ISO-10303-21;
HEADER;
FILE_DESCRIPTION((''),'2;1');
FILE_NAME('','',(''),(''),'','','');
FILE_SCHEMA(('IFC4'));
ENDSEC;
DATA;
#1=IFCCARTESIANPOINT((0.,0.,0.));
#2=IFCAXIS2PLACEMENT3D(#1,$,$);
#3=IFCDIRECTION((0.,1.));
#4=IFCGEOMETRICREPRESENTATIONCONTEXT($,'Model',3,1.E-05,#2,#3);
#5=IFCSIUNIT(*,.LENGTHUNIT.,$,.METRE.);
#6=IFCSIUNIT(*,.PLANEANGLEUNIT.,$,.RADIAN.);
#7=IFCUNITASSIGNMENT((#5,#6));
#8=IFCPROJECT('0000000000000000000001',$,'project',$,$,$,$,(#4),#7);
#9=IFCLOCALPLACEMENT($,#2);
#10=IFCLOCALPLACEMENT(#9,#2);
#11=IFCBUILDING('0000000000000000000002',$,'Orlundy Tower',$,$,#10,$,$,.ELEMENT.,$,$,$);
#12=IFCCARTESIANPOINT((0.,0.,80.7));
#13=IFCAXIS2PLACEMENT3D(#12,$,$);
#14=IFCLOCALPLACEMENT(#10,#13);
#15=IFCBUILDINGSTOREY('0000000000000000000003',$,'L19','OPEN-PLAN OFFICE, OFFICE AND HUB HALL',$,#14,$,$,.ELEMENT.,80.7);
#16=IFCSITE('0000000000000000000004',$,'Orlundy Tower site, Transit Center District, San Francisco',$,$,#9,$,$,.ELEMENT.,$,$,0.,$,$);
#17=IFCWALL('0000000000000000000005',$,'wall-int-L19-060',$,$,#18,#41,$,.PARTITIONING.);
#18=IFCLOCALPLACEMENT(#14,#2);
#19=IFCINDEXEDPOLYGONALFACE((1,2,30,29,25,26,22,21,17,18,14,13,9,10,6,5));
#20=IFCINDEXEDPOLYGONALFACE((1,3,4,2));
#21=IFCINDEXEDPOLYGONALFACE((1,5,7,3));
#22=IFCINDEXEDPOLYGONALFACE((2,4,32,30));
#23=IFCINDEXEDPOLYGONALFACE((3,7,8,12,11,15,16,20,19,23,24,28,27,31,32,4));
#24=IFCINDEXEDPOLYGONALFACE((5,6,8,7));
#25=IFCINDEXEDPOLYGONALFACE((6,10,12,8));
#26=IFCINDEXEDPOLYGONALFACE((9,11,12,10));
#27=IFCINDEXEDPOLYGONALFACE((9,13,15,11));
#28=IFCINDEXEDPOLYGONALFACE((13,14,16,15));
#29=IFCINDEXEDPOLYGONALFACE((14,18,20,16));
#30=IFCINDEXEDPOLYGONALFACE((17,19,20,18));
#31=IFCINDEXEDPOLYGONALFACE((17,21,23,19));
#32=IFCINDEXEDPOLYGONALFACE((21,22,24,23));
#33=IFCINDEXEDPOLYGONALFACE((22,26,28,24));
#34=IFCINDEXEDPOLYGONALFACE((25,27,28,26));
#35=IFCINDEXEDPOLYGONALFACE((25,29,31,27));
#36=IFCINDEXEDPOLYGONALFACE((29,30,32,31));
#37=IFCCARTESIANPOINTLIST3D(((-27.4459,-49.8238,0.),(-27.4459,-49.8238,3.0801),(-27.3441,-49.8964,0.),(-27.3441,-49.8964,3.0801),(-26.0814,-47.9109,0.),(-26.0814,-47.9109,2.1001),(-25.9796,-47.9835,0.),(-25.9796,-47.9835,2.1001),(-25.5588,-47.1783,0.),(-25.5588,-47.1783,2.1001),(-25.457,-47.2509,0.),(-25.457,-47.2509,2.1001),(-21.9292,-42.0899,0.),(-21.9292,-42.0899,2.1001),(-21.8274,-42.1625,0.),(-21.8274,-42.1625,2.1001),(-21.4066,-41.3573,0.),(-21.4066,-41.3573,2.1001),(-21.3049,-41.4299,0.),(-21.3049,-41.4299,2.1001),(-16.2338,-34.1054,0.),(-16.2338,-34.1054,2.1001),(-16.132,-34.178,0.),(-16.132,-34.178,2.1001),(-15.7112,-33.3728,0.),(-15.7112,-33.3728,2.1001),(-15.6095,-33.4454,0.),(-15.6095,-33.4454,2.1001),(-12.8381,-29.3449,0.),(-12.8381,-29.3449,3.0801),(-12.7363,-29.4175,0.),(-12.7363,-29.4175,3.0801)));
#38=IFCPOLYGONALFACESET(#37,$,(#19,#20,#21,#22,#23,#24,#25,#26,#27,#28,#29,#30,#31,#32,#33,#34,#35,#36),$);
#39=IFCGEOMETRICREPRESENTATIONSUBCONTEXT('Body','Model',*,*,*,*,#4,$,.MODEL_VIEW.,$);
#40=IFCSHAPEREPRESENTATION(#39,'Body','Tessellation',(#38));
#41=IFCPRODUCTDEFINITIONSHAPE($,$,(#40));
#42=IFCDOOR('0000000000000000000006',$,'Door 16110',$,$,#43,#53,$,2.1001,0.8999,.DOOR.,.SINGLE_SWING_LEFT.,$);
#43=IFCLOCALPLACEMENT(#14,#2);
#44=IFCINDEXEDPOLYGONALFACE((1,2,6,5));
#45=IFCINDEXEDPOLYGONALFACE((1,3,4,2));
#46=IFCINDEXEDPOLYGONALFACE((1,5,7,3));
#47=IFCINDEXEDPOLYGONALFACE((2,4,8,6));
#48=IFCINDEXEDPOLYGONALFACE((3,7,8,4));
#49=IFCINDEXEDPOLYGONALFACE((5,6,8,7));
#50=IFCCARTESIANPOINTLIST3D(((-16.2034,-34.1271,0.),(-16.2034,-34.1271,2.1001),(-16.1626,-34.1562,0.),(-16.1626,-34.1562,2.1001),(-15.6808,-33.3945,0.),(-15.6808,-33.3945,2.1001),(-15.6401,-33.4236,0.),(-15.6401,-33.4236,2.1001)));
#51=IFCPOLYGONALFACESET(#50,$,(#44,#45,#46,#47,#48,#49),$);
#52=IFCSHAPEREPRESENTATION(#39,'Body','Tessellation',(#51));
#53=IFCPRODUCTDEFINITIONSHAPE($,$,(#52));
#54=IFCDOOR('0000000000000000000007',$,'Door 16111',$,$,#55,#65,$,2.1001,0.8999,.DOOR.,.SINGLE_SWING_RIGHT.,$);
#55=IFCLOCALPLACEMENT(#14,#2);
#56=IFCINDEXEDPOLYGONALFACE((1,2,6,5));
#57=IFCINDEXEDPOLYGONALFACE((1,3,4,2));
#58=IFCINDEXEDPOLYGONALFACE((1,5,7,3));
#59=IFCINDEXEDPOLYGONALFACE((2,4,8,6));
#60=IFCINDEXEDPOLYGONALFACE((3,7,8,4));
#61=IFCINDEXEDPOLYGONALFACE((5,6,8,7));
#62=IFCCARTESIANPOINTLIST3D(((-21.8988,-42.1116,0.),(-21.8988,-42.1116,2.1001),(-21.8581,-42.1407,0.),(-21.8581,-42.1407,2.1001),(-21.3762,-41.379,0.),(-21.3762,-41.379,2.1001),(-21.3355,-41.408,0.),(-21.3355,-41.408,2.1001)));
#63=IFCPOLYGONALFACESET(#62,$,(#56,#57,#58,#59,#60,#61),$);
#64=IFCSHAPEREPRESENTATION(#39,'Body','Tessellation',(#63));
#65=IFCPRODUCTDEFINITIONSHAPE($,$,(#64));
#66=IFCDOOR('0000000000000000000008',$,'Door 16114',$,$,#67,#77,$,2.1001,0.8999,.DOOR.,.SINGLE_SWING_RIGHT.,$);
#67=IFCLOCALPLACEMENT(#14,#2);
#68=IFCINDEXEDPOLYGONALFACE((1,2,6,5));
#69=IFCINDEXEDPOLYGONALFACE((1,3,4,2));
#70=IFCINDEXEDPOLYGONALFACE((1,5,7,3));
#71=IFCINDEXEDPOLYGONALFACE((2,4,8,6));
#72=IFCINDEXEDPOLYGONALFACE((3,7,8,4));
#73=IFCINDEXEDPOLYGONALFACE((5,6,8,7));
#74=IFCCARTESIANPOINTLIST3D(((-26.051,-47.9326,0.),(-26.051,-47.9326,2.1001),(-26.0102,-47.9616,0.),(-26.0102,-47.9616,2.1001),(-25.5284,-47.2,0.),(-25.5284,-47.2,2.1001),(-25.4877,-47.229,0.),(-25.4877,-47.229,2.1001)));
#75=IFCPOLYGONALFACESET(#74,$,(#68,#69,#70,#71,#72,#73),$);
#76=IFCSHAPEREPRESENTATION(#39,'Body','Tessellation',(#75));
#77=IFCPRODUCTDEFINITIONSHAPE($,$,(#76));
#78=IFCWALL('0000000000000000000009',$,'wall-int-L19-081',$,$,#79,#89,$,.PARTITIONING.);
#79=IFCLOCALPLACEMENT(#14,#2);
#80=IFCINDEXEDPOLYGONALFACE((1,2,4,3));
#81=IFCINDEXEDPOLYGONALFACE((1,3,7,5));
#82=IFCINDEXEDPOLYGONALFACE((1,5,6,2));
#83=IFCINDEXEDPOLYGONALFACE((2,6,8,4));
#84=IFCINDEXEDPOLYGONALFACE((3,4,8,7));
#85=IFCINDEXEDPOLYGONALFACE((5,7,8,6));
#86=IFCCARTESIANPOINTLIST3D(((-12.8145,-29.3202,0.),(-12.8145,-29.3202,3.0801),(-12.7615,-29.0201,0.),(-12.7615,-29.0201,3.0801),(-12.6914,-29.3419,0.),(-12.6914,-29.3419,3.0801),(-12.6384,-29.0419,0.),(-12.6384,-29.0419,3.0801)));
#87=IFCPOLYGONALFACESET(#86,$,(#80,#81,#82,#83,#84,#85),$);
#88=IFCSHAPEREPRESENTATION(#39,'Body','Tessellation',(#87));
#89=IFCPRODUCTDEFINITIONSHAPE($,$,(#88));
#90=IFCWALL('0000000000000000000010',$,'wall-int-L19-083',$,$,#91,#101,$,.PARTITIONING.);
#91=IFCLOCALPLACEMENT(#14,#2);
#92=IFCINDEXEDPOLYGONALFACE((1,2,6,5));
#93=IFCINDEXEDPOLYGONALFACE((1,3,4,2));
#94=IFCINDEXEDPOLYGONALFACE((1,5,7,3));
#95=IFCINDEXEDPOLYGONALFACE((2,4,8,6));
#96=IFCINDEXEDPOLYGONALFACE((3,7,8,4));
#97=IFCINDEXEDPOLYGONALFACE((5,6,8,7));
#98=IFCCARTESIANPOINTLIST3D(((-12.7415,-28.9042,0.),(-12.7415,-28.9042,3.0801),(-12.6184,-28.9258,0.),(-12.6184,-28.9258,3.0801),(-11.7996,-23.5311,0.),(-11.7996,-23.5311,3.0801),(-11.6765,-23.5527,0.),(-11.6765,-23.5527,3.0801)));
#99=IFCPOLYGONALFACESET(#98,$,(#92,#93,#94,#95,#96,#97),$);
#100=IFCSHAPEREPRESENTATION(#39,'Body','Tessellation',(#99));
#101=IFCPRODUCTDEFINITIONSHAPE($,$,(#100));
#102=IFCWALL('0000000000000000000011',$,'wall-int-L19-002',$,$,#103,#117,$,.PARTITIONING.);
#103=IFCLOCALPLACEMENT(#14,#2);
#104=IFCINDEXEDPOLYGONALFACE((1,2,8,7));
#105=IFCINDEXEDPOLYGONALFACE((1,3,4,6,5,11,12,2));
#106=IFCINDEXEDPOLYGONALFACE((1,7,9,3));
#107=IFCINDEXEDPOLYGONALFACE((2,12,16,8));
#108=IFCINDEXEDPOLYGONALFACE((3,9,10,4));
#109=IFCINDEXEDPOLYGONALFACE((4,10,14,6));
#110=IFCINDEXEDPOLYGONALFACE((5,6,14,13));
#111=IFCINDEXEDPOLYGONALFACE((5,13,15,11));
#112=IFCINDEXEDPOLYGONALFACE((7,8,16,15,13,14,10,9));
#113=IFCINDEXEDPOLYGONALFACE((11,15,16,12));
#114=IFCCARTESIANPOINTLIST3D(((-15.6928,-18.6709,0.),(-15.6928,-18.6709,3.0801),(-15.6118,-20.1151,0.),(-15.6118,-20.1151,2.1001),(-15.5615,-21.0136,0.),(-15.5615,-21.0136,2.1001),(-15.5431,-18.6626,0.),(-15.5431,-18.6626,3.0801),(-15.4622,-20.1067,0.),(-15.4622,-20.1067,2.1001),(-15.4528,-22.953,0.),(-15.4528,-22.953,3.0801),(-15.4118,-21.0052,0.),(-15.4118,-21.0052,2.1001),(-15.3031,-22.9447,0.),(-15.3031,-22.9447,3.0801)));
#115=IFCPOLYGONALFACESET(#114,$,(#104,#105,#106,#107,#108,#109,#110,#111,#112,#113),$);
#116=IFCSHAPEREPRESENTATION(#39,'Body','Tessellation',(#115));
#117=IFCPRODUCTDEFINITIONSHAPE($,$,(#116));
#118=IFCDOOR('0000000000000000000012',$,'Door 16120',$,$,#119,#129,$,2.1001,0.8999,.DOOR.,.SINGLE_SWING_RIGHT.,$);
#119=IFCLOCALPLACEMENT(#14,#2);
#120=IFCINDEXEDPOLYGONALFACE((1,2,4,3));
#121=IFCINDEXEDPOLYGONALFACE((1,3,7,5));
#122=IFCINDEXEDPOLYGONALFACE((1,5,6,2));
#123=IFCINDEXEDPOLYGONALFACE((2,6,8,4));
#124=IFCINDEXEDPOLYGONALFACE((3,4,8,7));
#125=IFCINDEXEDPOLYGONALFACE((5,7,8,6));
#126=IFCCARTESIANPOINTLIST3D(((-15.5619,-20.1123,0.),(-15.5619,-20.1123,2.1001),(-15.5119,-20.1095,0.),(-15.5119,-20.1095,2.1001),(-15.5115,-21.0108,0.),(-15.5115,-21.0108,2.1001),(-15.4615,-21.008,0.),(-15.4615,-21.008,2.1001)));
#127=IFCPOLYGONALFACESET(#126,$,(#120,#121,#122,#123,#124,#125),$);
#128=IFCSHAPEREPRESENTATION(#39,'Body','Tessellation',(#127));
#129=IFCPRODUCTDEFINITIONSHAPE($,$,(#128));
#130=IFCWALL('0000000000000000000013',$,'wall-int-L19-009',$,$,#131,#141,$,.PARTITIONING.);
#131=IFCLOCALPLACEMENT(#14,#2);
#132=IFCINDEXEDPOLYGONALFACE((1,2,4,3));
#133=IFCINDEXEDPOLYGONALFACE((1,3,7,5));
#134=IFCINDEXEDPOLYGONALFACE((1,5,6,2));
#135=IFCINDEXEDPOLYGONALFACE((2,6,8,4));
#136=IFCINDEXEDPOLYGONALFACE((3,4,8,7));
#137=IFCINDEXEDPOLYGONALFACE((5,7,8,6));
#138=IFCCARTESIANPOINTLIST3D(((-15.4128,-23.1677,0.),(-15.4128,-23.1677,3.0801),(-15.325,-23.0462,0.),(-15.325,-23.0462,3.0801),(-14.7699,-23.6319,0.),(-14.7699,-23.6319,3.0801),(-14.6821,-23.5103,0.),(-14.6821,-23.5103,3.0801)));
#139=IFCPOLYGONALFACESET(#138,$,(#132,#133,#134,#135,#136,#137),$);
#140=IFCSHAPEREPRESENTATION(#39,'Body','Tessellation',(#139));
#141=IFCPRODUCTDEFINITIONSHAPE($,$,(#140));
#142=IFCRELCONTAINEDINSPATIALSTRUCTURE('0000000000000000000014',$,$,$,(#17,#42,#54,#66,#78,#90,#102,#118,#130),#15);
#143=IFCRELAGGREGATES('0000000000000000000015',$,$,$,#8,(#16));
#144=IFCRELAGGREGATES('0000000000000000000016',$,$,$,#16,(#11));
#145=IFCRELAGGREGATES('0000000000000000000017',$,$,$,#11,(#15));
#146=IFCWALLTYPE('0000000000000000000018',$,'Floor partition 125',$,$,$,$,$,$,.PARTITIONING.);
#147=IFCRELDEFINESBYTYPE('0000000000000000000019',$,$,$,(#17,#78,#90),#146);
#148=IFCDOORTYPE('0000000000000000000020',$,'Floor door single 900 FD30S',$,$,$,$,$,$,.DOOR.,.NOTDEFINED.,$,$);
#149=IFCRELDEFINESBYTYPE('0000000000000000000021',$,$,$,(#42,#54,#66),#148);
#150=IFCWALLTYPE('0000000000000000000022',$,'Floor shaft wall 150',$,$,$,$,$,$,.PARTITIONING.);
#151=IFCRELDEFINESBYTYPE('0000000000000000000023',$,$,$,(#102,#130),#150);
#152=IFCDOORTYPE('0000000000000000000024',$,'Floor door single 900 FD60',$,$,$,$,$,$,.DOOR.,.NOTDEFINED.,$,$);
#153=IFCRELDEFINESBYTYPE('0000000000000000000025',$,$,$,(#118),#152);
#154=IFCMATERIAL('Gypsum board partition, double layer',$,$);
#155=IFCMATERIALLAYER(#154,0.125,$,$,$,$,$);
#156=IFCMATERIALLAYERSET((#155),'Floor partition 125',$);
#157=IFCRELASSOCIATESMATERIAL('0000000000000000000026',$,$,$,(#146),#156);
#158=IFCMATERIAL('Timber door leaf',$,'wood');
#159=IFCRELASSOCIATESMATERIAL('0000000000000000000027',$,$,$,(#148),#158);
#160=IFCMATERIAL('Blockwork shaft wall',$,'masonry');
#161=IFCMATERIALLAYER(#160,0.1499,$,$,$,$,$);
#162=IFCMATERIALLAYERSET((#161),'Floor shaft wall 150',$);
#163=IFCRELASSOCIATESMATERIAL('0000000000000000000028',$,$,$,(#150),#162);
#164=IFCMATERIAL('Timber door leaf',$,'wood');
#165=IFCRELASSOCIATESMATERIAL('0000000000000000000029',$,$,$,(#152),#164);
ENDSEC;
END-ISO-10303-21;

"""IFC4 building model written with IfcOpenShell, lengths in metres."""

from ifc_helpers import new_model, si_unit, direction, frame, frame_2d, origin, place, context, subcontext, project, spatial, rectangle, extrude, material, layer, layer_set, type_object, element, fill, save


model = new_model("IFC4")

# Units and contexts
model_context = context("Model", 3, precision=1e-05, world=origin(), true_north=direction((0.0, 1.0)))
body_context = subcontext(model_context, "Body", "Model", "MODEL_VIEW")
ifc_project = project(units=[si_unit("LENGTHUNIT", "METRE"), si_unit("PLANEANGLEUNIT", "RADIAN")], contexts=[model_context])

# Site, building, storey
site_placement = place(None, origin())
site = spatial("IfcSite", under=ifc_project, at=site_placement, Name="Orlundy Tower site, Transit Center District, San Francisco", CompositionType="ELEMENT", RefElevation=0.0)
building_placement = place(site_placement, origin())
building = spatial("IfcBuilding", under=site, at=building_placement, Name="Orlundy Tower", CompositionType="ELEMENT")
storey_placement = place(building_placement, frame((0.0, 0.0, 80.7)))
storey = spatial("IfcBuildingStorey", under=building, at=storey_placement, Name="L19", Description="OPEN-PLAN OFFICE, OFFICE AND HUB HALL", CompositionType="ELEMENT", Elevation=80.7)

# Shared definitions
ifc_material_1 = material(Name="Gypsum board partition, double layer")
ifc_layer_1 = layer(ifc_material_1, 0.125)
ifc_layer_set_1 = layer_set([ifc_layer_1], Name="Floor partition 125")
wall_type_1 = type_object("IfcWallType", Name="Floor partition 125", PredefinedType="PARTITIONING", material=ifc_layer_set_1)

# Wall, openings, doors
wall_1_placement = place(storey_placement, frame((-12.7871, -29.3811, 0.0), z_axis=(0.0, 0.0, 1.0), x_axis=(-0.580713, -0.814108, 0.0)))
wall_1 = element("IfcWall", 1, at=wall_1_placement, inside=storey, type_object=wall_type_1, Name="wall-int-L19-060", PredefinedType="PARTITIONING", context=body_context, shape_type="SweptSolid", body=[
    extrude(rectangle(XDim=25.155, YDim=0.125, at=frame_2d((12.5776, 0.0))), origin(), (0.0, 0.0, 1.0), 3.0801),
])
opening_1_placement = place(wall_1_placement, frame((4.9478, 0.0, 0.0)))
opening_1 = element("IfcOpeningElement", 2, at=opening_1_placement, cuts=wall_1, PredefinedType="OPENING", context=body_context, shape_type="SweptSolid", body=[
    extrude(rectangle(XDim=0.8999, YDim=2.1001, at=frame_2d((0.45, 1.05))), frame((0.0, 0.0725, 0.0), z_axis=(0.0, -1.0, 0.0), x_axis=(1.0, 0.0, 0.0)), (0.0, 0.0, 1.0), 0.145),
])
opening_2_placement = place(wall_1_placement, frame((14.7554, 0.0, 0.0)))
opening_2 = element("IfcOpeningElement", 3, at=opening_2_placement, cuts=wall_1, PredefinedType="OPENING", context=body_context, shape_type="SweptSolid", body=[
    extrude(rectangle(XDim=0.8999, YDim=2.1001, at=frame_2d((0.45, 1.05))), frame((0.0, 0.0725, 0.0), z_axis=(0.0, -1.0, 0.0), x_axis=(1.0, 0.0, 0.0)), (0.0, 0.0, 1.0), 0.145),
])
opening_3_placement = place(wall_1_placement, frame((21.9055, 0.0, 0.0)))
opening_3 = element("IfcOpeningElement", 4, at=opening_3_placement, cuts=wall_1, PredefinedType="OPENING", context=body_context, shape_type="SweptSolid", body=[
    extrude(rectangle(XDim=0.8999, YDim=2.1001, at=frame_2d((0.45, 1.05))), frame((0.0, 0.0725, 0.0), z_axis=(0.0, -1.0, 0.0), x_axis=(1.0, 0.0, 0.0)), (0.0, 0.0, 1.0), 0.145),
])
ifc_material_2 = material(Name="Timber door leaf", Category="wood")
door_type_1 = type_object("IfcDoorType", Name="Floor door single 900 FD30S", OperationType="NOTDEFINED", PredefinedType="DOOR", material=ifc_material_2)
door_1_placement = place(opening_1_placement, origin())
door_1 = element("IfcDoor", 5, at=door_1_placement, inside=storey, type_object=door_type_1, Name="Door 16110", OperationType="SINGLE_SWING_LEFT", OverallHeight=2.1001, OverallWidth=0.8999, PredefinedType="DOOR", context=body_context, shape_type="SweptSolid", body=[
    extrude(rectangle(XDim=0.8999, YDim=2.1001, at=frame_2d((0.45, 1.05))), frame((0.0, 0.0249, 0.0), z_axis=(0.0, -1.0, 0.0), x_axis=(1.0, 0.0, 0.0)), (0.0, 0.0, 1.0), 0.05),
])
fill(opening_1, door_1)
door_2_placement = place(opening_2_placement, origin())
door_2 = element("IfcDoor", 6, at=door_2_placement, inside=storey, type_object=door_type_1, Name="Door 16111", OperationType="SINGLE_SWING_RIGHT", OverallHeight=2.1001, OverallWidth=0.8999, PredefinedType="DOOR", context=body_context, shape_type="SweptSolid", body=[
    extrude(rectangle(XDim=0.8999, YDim=2.1001, at=frame_2d((0.45, 1.05))), frame((0.0, 0.0249, 0.0), z_axis=(0.0, -1.0, 0.0), x_axis=(1.0, 0.0, 0.0)), (0.0, 0.0, 1.0), 0.05),
])
fill(opening_2, door_2)
door_3_placement = place(opening_3_placement, origin())
door_3 = element("IfcDoor", 7, at=door_3_placement, inside=storey, type_object=door_type_1, Name="Door 16114", OperationType="SINGLE_SWING_RIGHT", OverallHeight=2.1001, OverallWidth=0.8999, PredefinedType="DOOR", context=body_context, shape_type="SweptSolid", body=[
    extrude(rectangle(XDim=0.8999, YDim=2.1001, at=frame_2d((0.45, 1.05))), frame((0.0, 0.0249, 0.0), z_axis=(0.0, -1.0, 0.0), x_axis=(1.0, 0.0, 0.0)), (0.0, 0.0, 1.0), 0.05),
])
fill(opening_3, door_3)

# Walls
wall_2_placement = place(storey_placement, frame((-12.7529, -29.3311, 0.0), z_axis=(0.0, 0.0, 1.0), x_axis=(0.173877, 0.984767, 0.0)))
element("IfcWall", 8, at=wall_2_placement, inside=storey, type_object=wall_type_1, Name="wall-int-L19-081", PredefinedType="PARTITIONING", context=body_context, shape_type="SweptSolid", body=[
    extrude(rectangle(XDim=0.3047, YDim=0.125, at=frame_2d((0.1523, 0.0))), origin(), (0.0, 0.0, 1.0), 3.0801),
])
wall_3_placement = place(storey_placement, frame((-12.6799, -28.915, 0.0), z_axis=(0.0, 0.0, 1.0), x_axis=(0.172667, 0.98498, 0.0)))
element("IfcWall", 9, at=wall_3_placement, inside=storey, type_object=wall_type_1, Name="wall-int-L19-083", PredefinedType="PARTITIONING", context=body_context, shape_type="SweptSolid", body=[
    extrude(rectangle(XDim=5.4551, YDim=0.125, at=frame_2d((2.7275, 0.0))), origin(), (0.0, 0.0, 1.0), 3.0801),
])

# Wall, opening, door
ifc_material_3 = material(Name="Blockwork shaft wall", Category="masonry")
ifc_layer_2 = layer(ifc_material_3, 0.1499)
ifc_layer_set_2 = layer_set([ifc_layer_2], Name="Floor shaft wall 150")
wall_type_2 = type_object("IfcWallType", Name="Floor shaft wall 150", PredefinedType="PARTITIONING", material=ifc_layer_set_2)
wall_4_placement = place(storey_placement, frame((-15.3779, -22.949, 0.0), z_axis=(0.0, 0.0, 1.0), x_axis=(-0.055959, 0.998433, 0.0)))
wall_4 = element("IfcWall", 10, at=wall_4_placement, inside=storey, type_object=wall_type_2, Name="wall-int-L19-002", PredefinedType="PARTITIONING", context=body_context, shape_type="SweptSolid", body=[
    extrude(rectangle(XDim=4.2888, YDim=0.1499, at=frame_2d((2.1445, 0.0))), origin(), (0.0, 0.0, 1.0), 3.0801),
])
opening_4_placement = place(wall_4_placement, frame((1.9426, 0.0, 0.0)))
opening_4 = element("IfcOpeningElement", 11, at=opening_4_placement, cuts=wall_4, PredefinedType="OPENING", context=body_context, shape_type="SweptSolid", body=[
    extrude(rectangle(XDim=0.8999, YDim=2.1001, at=frame_2d((0.45, 1.05))), frame((0.0, 0.085, 0.0), z_axis=(0.0, -1.0, 0.0), x_axis=(1.0, 0.0, 0.0)), (0.0, 0.0, 1.0), 0.1699),
])
ifc_material_4 = material(Name="Timber door leaf", Category="wood")
door_type_2 = type_object("IfcDoorType", Name="Floor door single 900 FD60", OperationType="NOTDEFINED", PredefinedType="DOOR", material=ifc_material_4)
door_4_placement = place(opening_4_placement, origin())
door_4 = element("IfcDoor", 12, at=door_4_placement, inside=storey, type_object=door_type_2, Name="Door 16120", OperationType="SINGLE_SWING_RIGHT", OverallHeight=2.1001, OverallWidth=0.8999, PredefinedType="DOOR", context=body_context, shape_type="SweptSolid", body=[
    extrude(rectangle(XDim=0.8999, YDim=2.1001, at=frame_2d((0.45, 1.05))), frame((0.0, 0.0249, 0.0), z_axis=(0.0, -1.0, 0.0), x_axis=(1.0, 0.0, 0.0)), (0.0, 0.0, 1.0), 0.05),
])
fill(opening_4, door_4)

# Wall
wall_5_placement = place(storey_placement, frame((-15.3689, -23.1069, 0.0), z_axis=(0.0, 0.0, 1.0), x_axis=(0.810769, -0.585367, 0.0)))
element("IfcWall", 13, at=wall_5_placement, inside=storey, type_object=wall_type_2, Name="wall-int-L19-009", PredefinedType="PARTITIONING", context=body_context, shape_type="SweptSolid", body=[
    extrude(rectangle(XDim=0.793, YDim=0.1499, at=frame_2d((0.3965, 0.0))), origin(), (0.0, 0.0, 1.0), 3.0801),
])

save(model, "model.ifc")
